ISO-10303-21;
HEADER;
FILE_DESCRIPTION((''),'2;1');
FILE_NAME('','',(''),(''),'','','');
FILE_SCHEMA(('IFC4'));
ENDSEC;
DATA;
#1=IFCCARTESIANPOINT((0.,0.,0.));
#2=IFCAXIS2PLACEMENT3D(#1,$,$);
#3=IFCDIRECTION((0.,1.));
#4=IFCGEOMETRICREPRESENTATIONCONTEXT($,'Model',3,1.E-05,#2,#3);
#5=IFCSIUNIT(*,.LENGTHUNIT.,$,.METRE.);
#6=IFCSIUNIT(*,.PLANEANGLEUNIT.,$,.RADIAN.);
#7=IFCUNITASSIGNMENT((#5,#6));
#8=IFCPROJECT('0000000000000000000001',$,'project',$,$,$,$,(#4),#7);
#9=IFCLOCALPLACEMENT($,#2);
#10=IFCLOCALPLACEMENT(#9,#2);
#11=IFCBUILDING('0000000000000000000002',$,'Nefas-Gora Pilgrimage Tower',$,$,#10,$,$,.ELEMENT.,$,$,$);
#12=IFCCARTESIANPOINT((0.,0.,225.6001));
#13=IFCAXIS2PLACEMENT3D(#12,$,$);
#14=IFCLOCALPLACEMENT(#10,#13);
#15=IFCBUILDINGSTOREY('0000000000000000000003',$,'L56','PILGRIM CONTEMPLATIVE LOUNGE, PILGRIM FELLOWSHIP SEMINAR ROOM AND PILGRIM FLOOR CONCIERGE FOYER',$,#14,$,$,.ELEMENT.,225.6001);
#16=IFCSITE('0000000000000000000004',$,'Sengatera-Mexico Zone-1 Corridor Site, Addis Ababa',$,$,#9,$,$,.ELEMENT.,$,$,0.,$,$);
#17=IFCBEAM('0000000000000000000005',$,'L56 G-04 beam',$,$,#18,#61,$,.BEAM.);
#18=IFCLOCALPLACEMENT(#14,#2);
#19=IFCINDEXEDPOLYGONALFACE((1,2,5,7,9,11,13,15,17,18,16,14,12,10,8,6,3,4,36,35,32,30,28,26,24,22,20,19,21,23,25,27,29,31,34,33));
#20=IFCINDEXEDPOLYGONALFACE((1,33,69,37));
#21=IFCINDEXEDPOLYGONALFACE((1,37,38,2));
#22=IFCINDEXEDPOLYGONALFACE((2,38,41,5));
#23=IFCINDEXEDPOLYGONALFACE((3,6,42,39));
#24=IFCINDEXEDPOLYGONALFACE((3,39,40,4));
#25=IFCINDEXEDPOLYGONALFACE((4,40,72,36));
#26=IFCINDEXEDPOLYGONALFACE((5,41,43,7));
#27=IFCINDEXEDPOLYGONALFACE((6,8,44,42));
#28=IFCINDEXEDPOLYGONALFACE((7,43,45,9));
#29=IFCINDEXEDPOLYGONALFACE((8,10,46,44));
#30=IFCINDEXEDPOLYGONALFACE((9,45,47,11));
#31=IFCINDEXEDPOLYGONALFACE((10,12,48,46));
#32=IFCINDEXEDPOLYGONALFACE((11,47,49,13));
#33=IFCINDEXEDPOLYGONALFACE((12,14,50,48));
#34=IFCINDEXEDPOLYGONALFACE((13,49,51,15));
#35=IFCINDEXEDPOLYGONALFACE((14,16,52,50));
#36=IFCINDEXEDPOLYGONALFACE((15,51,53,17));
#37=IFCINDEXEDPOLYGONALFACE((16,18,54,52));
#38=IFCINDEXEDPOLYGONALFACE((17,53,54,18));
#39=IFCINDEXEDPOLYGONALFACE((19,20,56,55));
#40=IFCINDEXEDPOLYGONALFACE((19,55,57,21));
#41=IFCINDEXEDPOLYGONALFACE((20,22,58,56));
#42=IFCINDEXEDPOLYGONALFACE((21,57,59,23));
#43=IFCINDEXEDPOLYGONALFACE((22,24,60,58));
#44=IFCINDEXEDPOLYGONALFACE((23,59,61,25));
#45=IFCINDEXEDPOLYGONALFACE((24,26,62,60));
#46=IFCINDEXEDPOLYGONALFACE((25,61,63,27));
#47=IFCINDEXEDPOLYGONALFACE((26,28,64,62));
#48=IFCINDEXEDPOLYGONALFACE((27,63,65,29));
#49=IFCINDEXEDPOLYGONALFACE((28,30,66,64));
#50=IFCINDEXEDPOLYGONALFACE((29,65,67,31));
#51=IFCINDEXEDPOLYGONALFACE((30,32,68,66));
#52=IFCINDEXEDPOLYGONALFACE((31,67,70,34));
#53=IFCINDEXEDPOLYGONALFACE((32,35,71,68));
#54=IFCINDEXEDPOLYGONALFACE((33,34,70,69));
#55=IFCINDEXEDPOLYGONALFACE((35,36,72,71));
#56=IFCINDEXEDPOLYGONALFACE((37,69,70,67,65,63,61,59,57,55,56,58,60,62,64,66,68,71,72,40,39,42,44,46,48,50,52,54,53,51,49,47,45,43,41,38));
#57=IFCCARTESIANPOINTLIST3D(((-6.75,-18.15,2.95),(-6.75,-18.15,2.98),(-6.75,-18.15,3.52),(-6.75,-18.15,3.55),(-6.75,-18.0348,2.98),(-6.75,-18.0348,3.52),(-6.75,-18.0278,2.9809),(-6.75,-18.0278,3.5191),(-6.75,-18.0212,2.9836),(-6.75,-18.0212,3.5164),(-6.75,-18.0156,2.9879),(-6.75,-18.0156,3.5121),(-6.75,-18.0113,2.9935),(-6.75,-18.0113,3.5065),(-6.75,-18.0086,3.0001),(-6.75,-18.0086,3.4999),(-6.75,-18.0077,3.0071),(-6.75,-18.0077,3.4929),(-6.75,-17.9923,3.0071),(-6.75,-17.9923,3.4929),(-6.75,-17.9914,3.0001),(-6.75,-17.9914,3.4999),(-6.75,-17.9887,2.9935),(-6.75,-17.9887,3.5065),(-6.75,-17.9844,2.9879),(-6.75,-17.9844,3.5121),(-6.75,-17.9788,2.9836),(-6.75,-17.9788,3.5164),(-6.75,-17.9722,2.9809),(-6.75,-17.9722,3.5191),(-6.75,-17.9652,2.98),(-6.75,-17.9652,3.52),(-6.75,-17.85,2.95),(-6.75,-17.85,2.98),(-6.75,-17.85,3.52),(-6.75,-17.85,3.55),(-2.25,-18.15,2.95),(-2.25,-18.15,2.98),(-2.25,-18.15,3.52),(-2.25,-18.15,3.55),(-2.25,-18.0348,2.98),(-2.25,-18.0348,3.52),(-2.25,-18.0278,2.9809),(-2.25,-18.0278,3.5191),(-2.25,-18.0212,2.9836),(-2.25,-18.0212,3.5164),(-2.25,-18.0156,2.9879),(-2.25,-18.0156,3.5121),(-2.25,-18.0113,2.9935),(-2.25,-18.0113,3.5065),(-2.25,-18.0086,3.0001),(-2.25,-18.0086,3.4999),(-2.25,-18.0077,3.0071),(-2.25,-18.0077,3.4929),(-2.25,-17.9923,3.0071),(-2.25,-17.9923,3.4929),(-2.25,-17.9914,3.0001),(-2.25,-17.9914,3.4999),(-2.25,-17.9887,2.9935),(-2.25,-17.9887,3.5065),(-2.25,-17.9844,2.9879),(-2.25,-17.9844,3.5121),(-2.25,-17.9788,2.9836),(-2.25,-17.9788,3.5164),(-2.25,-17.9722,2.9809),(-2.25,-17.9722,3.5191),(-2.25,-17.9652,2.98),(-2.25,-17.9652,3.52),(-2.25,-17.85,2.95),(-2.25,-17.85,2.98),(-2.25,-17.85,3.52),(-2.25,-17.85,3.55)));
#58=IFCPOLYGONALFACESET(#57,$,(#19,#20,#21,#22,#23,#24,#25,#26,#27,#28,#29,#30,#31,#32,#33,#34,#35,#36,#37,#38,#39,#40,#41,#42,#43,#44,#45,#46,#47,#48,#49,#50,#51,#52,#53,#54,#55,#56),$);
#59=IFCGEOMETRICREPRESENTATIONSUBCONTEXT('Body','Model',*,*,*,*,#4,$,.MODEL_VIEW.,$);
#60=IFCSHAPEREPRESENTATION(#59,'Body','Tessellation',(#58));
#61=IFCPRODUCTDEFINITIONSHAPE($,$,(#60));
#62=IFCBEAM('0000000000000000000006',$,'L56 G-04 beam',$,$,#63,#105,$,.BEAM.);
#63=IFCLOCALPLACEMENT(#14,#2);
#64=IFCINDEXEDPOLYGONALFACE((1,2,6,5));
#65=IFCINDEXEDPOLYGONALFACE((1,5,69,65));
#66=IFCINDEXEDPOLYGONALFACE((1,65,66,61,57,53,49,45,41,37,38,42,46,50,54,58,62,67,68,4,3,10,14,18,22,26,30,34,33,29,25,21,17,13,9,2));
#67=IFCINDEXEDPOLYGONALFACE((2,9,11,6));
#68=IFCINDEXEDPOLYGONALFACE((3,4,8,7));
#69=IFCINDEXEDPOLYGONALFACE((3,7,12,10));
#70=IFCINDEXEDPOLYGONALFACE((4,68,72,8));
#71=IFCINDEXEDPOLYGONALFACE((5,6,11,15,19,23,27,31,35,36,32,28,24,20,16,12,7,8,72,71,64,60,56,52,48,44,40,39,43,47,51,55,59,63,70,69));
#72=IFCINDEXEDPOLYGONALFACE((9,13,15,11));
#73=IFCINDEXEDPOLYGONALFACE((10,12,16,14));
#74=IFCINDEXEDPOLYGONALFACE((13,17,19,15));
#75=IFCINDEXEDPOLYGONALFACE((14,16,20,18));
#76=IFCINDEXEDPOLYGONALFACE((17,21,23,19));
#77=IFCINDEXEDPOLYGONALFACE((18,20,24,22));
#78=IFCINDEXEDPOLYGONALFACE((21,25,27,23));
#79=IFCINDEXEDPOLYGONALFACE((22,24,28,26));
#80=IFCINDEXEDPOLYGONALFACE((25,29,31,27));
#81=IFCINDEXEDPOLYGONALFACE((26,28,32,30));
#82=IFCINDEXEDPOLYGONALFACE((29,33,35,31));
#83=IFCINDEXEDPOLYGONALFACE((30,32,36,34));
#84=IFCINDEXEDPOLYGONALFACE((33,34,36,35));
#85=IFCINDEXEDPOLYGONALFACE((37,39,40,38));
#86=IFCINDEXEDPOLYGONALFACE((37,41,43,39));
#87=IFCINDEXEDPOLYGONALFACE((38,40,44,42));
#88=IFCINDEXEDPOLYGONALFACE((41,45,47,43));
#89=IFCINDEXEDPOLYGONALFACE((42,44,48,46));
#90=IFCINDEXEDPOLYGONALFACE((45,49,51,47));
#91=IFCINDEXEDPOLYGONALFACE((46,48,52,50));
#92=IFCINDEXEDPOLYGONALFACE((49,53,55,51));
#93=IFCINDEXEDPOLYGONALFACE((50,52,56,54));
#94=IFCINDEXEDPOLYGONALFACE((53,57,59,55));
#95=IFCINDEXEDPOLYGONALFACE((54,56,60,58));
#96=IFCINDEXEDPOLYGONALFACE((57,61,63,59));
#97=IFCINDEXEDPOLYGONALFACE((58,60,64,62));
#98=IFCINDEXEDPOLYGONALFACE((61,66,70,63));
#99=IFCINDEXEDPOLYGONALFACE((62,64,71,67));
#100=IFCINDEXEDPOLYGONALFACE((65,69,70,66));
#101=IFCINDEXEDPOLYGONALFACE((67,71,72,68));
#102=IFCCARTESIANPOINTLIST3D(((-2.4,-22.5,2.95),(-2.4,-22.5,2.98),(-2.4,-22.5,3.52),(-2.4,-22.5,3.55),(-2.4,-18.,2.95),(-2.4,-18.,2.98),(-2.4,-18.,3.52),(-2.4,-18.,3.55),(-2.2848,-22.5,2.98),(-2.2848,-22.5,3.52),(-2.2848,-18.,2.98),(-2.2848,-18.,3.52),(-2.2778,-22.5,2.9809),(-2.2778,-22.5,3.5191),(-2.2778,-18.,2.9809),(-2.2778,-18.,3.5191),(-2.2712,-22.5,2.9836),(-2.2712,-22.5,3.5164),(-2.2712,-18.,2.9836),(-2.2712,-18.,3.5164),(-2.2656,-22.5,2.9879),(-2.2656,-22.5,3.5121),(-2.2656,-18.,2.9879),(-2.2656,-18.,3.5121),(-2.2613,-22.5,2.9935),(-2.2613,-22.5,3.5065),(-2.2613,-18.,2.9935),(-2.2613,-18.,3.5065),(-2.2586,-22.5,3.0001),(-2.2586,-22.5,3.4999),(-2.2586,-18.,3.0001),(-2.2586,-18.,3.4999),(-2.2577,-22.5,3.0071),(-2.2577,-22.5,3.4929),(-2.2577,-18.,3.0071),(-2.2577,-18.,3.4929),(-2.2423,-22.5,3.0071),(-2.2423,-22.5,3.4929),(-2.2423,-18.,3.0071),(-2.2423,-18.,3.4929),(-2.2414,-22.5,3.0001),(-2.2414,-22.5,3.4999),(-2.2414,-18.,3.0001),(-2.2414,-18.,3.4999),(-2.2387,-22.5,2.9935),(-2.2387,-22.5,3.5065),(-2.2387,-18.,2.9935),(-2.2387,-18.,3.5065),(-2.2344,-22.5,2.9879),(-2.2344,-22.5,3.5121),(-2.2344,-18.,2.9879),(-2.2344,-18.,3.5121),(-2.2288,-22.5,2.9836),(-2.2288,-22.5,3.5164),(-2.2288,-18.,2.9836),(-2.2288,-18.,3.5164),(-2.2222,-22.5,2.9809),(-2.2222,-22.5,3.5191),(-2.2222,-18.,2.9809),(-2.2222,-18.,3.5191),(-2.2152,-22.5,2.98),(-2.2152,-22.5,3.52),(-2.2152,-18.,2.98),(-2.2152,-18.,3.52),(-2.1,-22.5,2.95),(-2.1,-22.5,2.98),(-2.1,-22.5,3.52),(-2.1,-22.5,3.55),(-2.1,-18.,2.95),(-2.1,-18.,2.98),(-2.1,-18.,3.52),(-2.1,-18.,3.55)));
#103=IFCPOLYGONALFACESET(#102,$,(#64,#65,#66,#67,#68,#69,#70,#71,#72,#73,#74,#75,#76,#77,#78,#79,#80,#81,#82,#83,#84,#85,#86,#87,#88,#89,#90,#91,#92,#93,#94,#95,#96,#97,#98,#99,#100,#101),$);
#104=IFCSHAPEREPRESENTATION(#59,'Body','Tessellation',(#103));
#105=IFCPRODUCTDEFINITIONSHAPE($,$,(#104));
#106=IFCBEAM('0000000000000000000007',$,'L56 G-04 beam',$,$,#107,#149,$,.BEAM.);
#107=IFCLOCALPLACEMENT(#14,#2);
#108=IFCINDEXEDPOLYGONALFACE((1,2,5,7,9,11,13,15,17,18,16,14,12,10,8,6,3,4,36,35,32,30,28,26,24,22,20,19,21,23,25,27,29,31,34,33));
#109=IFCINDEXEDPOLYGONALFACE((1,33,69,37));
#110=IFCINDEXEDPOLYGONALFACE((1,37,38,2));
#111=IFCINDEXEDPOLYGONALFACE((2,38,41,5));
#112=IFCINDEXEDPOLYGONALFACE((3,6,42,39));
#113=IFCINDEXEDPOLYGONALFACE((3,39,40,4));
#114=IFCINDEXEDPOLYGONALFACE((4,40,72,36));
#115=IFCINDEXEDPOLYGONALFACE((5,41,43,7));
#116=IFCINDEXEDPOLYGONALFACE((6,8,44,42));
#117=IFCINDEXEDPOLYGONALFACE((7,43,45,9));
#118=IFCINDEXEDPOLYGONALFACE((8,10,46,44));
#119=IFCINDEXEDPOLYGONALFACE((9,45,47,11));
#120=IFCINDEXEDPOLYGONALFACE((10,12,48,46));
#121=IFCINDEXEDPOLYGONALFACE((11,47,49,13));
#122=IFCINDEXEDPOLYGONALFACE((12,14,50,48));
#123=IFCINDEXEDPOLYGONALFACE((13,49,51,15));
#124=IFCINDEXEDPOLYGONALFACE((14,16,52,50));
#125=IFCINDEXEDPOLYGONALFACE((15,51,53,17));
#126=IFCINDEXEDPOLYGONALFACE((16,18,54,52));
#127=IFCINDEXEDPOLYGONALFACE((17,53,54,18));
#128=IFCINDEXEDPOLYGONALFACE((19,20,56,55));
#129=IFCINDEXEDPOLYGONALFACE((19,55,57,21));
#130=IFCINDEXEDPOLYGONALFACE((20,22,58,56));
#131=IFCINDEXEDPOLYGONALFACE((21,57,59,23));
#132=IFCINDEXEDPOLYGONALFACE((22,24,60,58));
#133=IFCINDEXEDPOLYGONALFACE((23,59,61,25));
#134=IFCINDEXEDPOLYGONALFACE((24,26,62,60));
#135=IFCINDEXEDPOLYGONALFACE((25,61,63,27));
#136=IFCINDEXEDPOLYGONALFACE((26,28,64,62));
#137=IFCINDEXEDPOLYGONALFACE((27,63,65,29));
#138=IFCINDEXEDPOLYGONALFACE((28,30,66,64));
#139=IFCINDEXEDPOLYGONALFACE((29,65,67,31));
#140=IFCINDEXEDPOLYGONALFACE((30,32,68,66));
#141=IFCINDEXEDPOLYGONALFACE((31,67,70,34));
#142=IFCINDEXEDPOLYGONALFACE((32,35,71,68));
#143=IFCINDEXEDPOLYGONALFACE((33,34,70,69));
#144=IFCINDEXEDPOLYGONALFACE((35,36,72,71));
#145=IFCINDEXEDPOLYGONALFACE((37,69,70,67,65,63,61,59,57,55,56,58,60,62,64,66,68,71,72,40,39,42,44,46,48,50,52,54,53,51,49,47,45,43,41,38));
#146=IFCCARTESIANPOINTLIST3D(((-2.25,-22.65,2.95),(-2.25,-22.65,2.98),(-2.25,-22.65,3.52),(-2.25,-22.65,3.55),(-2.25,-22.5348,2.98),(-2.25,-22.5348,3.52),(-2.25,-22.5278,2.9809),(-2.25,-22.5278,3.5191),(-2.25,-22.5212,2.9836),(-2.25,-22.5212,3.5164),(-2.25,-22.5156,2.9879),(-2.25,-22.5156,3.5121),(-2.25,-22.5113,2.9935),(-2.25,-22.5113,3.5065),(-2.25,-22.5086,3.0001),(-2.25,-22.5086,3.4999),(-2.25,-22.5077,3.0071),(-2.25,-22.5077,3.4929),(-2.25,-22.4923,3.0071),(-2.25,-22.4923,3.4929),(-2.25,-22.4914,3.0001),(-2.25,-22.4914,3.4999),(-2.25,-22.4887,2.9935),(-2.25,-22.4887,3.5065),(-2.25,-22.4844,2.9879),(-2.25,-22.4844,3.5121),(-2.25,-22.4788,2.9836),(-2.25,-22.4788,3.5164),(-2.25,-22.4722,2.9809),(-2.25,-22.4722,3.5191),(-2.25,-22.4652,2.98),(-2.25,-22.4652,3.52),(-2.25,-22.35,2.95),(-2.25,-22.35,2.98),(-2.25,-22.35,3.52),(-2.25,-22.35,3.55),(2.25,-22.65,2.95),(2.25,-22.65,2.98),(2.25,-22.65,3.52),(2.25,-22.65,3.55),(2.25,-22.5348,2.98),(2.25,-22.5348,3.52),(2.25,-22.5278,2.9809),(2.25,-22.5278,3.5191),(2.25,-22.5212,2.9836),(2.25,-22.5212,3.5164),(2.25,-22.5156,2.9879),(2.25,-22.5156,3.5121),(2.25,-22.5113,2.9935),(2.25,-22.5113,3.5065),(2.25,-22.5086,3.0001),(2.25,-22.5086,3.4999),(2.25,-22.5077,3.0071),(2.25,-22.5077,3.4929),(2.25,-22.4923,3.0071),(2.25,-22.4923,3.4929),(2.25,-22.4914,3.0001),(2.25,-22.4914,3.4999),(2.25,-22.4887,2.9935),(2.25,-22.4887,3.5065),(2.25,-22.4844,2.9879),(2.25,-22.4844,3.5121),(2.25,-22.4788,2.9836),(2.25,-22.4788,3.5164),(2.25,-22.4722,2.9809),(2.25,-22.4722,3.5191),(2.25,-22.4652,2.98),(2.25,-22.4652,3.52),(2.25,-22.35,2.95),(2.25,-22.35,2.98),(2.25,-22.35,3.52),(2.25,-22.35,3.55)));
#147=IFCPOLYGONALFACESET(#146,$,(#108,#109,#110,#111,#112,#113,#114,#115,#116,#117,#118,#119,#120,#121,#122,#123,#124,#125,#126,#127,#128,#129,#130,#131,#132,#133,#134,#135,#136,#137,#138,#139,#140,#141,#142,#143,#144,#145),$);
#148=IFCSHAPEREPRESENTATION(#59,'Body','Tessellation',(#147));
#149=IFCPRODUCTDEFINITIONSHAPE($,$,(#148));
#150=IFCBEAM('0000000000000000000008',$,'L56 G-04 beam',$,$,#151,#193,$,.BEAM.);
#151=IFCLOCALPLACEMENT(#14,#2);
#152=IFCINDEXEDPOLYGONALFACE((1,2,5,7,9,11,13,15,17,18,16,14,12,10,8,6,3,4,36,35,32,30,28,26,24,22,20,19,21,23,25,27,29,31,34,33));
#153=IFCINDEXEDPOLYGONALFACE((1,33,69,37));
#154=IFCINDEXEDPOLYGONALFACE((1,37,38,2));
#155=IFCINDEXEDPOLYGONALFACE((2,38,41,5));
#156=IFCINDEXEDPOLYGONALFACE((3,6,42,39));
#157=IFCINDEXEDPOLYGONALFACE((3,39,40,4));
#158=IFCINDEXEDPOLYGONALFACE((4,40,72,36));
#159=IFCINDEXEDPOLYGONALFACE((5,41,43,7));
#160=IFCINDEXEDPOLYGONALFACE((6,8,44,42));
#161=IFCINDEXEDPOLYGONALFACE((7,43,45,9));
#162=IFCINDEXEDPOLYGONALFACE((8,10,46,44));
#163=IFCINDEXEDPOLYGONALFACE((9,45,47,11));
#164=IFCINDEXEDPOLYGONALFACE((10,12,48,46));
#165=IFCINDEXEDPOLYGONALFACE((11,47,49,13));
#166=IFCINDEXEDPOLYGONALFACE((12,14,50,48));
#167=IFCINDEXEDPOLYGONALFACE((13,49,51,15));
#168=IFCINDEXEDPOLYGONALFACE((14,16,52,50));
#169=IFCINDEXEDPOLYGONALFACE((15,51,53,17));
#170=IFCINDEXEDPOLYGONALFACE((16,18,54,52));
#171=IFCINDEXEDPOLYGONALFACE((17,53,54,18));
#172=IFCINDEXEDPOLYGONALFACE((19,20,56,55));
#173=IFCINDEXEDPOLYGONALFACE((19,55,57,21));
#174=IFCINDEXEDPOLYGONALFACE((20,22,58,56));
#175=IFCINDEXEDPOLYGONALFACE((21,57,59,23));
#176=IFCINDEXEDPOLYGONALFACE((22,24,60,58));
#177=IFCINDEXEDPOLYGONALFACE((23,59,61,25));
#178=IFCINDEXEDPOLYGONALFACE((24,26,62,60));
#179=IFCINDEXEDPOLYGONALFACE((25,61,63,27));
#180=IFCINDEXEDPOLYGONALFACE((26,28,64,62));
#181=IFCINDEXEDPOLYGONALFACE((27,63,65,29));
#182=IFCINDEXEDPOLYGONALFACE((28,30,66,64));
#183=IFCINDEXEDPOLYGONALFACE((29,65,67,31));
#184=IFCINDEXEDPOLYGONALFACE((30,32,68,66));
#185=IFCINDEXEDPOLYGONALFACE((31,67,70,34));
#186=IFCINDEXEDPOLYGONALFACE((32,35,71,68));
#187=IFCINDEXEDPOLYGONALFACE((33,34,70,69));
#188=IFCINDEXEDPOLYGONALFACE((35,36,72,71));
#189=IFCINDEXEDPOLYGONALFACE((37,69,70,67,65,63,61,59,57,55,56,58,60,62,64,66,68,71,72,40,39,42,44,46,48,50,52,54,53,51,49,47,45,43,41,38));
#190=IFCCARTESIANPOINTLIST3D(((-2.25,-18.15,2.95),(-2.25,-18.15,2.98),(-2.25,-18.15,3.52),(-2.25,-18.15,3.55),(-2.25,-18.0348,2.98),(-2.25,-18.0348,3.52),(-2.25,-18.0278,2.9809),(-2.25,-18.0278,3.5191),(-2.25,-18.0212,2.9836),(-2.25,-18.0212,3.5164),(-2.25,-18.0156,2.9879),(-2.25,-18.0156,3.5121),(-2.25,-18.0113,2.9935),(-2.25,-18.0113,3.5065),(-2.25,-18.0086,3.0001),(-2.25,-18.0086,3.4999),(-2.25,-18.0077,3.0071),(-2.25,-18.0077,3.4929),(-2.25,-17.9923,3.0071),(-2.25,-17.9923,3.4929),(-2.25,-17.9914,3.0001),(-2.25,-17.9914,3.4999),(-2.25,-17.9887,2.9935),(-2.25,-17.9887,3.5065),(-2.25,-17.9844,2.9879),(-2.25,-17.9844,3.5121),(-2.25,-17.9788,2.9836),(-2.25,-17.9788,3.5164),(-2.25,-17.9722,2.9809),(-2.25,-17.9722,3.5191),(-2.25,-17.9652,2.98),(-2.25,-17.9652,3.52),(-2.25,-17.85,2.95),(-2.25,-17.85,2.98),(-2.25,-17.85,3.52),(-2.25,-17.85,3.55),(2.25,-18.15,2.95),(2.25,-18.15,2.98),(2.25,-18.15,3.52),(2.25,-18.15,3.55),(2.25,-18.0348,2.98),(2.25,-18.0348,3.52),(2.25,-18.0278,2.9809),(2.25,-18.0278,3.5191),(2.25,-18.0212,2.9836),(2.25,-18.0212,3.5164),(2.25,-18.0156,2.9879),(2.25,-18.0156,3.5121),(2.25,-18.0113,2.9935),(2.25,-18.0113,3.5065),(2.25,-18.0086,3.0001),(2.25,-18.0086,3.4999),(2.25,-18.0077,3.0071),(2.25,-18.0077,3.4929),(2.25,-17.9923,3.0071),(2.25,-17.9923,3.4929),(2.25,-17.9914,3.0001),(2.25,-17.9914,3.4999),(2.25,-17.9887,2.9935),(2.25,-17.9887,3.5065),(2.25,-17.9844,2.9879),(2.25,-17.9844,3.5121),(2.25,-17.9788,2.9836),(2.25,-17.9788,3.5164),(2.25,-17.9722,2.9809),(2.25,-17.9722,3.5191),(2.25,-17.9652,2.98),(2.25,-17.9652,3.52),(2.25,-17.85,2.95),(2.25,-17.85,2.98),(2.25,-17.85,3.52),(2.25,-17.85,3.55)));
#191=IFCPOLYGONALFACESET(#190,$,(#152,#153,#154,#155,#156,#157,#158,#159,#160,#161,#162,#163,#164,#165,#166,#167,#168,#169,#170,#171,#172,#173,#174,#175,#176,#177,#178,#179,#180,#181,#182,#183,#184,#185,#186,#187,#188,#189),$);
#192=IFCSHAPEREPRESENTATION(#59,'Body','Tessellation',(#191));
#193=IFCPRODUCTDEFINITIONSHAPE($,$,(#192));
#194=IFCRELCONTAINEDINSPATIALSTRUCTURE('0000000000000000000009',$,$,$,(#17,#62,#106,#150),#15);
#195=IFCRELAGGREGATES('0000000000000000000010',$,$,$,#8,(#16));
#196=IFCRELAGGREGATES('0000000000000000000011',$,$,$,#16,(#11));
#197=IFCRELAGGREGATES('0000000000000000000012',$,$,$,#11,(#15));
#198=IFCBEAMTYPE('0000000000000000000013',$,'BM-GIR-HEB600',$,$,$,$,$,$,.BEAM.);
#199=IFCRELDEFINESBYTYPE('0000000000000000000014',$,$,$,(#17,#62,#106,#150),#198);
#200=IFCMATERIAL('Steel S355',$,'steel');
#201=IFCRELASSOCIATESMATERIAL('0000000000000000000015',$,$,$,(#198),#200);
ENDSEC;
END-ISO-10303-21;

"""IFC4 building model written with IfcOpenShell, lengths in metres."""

from ifc_helpers import new_model, si_unit, direction, frame, origin, origin_2d, place, context, subcontext, project, spatial, i_section, extrude, source, transform, mapped, material, material_profile, profile_set, type_object, element, save


model = new_model("IFC4")

# Units and contexts
model_context = context("Model", 3, precision=1e-05, world=origin(), true_north=direction((0.0, 1.0)))
body_context = subcontext(model_context, "Body", "Model", "MODEL_VIEW")
ifc_project = project(units=[si_unit("LENGTHUNIT", "METRE"), si_unit("PLANEANGLEUNIT", "RADIAN")], contexts=[model_context])

# Site, building, storey
site_placement = place(None, origin())
site = spatial("IfcSite", under=ifc_project, at=site_placement, Name="Sengatera-Mexico Zone-1 Corridor Site, Addis Ababa", CompositionType="ELEMENT", RefElevation=0.0)
building_placement = place(site_placement, origin())
building = spatial("IfcBuilding", under=site, at=building_placement, Name="Nefas-Gora Pilgrimage Tower", CompositionType="ELEMENT")
storey_placement = place(building_placement, frame((0.0, 0.0, 225.6001)))
storey = spatial("IfcBuildingStorey", under=building, at=storey_placement, Name="L56", Description="PILGRIM CONTEMPLATIVE LOUNGE, PILGRIM FELLOWSHIP SEMINAR ROOM AND PILGRIM FLOOR CONCIERGE FOYER", CompositionType="ELEMENT", Elevation=225.6001)

# Beams
ifc_material_1 = material(Name="Steel S355", Category="steel")
ifc_material_profile_1 = material_profile(ifc_material_1, i_section(OverallWidth=0.3, OverallDepth=0.6001, WebThickness=0.0154, FlangeThickness=0.03, FilletRadius=0.0271, at=origin_2d()), Name="HEB 600")
ifc_profile_set_1 = profile_set([ifc_material_profile_1], Name="Steel S355")
beam_type = type_object("IfcBeamType", Name="BM-GIR-HEB600", PredefinedType="BEAM", material=ifc_profile_set_1)
shared_shape_1 = source(origin(), body_context, "Body", "SweptSolid", [
    extrude(i_section(OverallWidth=0.3, OverallDepth=0.6001, WebThickness=0.0154, FlangeThickness=0.03, FilletRadius=0.0271, at=origin_2d()), origin(), (0.0, 0.0, 1.0), 4.5),
])
for number, where, z_axis, x_axis, name in (
    (1, (-6.75, -18.0, 3.25), (1.0, 0.0, 0.0), (0.0, 1.0, 0.0), "L56 G-04 beam"),
    (2, (-2.25, -22.5, 3.25), (0.0, 1.0, 0.0), (-1.0, 0.0, 0.0), "L56 G-04 beam"),
    (3, (-2.25, -22.5, 3.25), (1.0, 0.0, 0.0), (0.0, 1.0, 0.0), "L56 G-04 beam"),
    (4, (-2.25, -18.0, 3.25), (1.0, 0.0, 0.0), (0.0, 1.0, 0.0), "L56 G-04 beam"),
):
    element("IfcBeam", number, at=place(storey_placement, frame(where, z_axis=z_axis, x_axis=x_axis)), inside=storey, type_object=beam_type, Name=name, PredefinedType="BEAM", context=body_context, shape_type="MappedRepresentation", body=[
        mapped(shared_shape_1, transform((0.0, 0.0, 0.0), x_axis=(1.0, 0.0, 0.0), y_axis=(0.0, 1.0, 0.0), z_axis=(0.0, 0.0, 1.0), scale=1.0)),
    ])

save(model, "model.ifc")
